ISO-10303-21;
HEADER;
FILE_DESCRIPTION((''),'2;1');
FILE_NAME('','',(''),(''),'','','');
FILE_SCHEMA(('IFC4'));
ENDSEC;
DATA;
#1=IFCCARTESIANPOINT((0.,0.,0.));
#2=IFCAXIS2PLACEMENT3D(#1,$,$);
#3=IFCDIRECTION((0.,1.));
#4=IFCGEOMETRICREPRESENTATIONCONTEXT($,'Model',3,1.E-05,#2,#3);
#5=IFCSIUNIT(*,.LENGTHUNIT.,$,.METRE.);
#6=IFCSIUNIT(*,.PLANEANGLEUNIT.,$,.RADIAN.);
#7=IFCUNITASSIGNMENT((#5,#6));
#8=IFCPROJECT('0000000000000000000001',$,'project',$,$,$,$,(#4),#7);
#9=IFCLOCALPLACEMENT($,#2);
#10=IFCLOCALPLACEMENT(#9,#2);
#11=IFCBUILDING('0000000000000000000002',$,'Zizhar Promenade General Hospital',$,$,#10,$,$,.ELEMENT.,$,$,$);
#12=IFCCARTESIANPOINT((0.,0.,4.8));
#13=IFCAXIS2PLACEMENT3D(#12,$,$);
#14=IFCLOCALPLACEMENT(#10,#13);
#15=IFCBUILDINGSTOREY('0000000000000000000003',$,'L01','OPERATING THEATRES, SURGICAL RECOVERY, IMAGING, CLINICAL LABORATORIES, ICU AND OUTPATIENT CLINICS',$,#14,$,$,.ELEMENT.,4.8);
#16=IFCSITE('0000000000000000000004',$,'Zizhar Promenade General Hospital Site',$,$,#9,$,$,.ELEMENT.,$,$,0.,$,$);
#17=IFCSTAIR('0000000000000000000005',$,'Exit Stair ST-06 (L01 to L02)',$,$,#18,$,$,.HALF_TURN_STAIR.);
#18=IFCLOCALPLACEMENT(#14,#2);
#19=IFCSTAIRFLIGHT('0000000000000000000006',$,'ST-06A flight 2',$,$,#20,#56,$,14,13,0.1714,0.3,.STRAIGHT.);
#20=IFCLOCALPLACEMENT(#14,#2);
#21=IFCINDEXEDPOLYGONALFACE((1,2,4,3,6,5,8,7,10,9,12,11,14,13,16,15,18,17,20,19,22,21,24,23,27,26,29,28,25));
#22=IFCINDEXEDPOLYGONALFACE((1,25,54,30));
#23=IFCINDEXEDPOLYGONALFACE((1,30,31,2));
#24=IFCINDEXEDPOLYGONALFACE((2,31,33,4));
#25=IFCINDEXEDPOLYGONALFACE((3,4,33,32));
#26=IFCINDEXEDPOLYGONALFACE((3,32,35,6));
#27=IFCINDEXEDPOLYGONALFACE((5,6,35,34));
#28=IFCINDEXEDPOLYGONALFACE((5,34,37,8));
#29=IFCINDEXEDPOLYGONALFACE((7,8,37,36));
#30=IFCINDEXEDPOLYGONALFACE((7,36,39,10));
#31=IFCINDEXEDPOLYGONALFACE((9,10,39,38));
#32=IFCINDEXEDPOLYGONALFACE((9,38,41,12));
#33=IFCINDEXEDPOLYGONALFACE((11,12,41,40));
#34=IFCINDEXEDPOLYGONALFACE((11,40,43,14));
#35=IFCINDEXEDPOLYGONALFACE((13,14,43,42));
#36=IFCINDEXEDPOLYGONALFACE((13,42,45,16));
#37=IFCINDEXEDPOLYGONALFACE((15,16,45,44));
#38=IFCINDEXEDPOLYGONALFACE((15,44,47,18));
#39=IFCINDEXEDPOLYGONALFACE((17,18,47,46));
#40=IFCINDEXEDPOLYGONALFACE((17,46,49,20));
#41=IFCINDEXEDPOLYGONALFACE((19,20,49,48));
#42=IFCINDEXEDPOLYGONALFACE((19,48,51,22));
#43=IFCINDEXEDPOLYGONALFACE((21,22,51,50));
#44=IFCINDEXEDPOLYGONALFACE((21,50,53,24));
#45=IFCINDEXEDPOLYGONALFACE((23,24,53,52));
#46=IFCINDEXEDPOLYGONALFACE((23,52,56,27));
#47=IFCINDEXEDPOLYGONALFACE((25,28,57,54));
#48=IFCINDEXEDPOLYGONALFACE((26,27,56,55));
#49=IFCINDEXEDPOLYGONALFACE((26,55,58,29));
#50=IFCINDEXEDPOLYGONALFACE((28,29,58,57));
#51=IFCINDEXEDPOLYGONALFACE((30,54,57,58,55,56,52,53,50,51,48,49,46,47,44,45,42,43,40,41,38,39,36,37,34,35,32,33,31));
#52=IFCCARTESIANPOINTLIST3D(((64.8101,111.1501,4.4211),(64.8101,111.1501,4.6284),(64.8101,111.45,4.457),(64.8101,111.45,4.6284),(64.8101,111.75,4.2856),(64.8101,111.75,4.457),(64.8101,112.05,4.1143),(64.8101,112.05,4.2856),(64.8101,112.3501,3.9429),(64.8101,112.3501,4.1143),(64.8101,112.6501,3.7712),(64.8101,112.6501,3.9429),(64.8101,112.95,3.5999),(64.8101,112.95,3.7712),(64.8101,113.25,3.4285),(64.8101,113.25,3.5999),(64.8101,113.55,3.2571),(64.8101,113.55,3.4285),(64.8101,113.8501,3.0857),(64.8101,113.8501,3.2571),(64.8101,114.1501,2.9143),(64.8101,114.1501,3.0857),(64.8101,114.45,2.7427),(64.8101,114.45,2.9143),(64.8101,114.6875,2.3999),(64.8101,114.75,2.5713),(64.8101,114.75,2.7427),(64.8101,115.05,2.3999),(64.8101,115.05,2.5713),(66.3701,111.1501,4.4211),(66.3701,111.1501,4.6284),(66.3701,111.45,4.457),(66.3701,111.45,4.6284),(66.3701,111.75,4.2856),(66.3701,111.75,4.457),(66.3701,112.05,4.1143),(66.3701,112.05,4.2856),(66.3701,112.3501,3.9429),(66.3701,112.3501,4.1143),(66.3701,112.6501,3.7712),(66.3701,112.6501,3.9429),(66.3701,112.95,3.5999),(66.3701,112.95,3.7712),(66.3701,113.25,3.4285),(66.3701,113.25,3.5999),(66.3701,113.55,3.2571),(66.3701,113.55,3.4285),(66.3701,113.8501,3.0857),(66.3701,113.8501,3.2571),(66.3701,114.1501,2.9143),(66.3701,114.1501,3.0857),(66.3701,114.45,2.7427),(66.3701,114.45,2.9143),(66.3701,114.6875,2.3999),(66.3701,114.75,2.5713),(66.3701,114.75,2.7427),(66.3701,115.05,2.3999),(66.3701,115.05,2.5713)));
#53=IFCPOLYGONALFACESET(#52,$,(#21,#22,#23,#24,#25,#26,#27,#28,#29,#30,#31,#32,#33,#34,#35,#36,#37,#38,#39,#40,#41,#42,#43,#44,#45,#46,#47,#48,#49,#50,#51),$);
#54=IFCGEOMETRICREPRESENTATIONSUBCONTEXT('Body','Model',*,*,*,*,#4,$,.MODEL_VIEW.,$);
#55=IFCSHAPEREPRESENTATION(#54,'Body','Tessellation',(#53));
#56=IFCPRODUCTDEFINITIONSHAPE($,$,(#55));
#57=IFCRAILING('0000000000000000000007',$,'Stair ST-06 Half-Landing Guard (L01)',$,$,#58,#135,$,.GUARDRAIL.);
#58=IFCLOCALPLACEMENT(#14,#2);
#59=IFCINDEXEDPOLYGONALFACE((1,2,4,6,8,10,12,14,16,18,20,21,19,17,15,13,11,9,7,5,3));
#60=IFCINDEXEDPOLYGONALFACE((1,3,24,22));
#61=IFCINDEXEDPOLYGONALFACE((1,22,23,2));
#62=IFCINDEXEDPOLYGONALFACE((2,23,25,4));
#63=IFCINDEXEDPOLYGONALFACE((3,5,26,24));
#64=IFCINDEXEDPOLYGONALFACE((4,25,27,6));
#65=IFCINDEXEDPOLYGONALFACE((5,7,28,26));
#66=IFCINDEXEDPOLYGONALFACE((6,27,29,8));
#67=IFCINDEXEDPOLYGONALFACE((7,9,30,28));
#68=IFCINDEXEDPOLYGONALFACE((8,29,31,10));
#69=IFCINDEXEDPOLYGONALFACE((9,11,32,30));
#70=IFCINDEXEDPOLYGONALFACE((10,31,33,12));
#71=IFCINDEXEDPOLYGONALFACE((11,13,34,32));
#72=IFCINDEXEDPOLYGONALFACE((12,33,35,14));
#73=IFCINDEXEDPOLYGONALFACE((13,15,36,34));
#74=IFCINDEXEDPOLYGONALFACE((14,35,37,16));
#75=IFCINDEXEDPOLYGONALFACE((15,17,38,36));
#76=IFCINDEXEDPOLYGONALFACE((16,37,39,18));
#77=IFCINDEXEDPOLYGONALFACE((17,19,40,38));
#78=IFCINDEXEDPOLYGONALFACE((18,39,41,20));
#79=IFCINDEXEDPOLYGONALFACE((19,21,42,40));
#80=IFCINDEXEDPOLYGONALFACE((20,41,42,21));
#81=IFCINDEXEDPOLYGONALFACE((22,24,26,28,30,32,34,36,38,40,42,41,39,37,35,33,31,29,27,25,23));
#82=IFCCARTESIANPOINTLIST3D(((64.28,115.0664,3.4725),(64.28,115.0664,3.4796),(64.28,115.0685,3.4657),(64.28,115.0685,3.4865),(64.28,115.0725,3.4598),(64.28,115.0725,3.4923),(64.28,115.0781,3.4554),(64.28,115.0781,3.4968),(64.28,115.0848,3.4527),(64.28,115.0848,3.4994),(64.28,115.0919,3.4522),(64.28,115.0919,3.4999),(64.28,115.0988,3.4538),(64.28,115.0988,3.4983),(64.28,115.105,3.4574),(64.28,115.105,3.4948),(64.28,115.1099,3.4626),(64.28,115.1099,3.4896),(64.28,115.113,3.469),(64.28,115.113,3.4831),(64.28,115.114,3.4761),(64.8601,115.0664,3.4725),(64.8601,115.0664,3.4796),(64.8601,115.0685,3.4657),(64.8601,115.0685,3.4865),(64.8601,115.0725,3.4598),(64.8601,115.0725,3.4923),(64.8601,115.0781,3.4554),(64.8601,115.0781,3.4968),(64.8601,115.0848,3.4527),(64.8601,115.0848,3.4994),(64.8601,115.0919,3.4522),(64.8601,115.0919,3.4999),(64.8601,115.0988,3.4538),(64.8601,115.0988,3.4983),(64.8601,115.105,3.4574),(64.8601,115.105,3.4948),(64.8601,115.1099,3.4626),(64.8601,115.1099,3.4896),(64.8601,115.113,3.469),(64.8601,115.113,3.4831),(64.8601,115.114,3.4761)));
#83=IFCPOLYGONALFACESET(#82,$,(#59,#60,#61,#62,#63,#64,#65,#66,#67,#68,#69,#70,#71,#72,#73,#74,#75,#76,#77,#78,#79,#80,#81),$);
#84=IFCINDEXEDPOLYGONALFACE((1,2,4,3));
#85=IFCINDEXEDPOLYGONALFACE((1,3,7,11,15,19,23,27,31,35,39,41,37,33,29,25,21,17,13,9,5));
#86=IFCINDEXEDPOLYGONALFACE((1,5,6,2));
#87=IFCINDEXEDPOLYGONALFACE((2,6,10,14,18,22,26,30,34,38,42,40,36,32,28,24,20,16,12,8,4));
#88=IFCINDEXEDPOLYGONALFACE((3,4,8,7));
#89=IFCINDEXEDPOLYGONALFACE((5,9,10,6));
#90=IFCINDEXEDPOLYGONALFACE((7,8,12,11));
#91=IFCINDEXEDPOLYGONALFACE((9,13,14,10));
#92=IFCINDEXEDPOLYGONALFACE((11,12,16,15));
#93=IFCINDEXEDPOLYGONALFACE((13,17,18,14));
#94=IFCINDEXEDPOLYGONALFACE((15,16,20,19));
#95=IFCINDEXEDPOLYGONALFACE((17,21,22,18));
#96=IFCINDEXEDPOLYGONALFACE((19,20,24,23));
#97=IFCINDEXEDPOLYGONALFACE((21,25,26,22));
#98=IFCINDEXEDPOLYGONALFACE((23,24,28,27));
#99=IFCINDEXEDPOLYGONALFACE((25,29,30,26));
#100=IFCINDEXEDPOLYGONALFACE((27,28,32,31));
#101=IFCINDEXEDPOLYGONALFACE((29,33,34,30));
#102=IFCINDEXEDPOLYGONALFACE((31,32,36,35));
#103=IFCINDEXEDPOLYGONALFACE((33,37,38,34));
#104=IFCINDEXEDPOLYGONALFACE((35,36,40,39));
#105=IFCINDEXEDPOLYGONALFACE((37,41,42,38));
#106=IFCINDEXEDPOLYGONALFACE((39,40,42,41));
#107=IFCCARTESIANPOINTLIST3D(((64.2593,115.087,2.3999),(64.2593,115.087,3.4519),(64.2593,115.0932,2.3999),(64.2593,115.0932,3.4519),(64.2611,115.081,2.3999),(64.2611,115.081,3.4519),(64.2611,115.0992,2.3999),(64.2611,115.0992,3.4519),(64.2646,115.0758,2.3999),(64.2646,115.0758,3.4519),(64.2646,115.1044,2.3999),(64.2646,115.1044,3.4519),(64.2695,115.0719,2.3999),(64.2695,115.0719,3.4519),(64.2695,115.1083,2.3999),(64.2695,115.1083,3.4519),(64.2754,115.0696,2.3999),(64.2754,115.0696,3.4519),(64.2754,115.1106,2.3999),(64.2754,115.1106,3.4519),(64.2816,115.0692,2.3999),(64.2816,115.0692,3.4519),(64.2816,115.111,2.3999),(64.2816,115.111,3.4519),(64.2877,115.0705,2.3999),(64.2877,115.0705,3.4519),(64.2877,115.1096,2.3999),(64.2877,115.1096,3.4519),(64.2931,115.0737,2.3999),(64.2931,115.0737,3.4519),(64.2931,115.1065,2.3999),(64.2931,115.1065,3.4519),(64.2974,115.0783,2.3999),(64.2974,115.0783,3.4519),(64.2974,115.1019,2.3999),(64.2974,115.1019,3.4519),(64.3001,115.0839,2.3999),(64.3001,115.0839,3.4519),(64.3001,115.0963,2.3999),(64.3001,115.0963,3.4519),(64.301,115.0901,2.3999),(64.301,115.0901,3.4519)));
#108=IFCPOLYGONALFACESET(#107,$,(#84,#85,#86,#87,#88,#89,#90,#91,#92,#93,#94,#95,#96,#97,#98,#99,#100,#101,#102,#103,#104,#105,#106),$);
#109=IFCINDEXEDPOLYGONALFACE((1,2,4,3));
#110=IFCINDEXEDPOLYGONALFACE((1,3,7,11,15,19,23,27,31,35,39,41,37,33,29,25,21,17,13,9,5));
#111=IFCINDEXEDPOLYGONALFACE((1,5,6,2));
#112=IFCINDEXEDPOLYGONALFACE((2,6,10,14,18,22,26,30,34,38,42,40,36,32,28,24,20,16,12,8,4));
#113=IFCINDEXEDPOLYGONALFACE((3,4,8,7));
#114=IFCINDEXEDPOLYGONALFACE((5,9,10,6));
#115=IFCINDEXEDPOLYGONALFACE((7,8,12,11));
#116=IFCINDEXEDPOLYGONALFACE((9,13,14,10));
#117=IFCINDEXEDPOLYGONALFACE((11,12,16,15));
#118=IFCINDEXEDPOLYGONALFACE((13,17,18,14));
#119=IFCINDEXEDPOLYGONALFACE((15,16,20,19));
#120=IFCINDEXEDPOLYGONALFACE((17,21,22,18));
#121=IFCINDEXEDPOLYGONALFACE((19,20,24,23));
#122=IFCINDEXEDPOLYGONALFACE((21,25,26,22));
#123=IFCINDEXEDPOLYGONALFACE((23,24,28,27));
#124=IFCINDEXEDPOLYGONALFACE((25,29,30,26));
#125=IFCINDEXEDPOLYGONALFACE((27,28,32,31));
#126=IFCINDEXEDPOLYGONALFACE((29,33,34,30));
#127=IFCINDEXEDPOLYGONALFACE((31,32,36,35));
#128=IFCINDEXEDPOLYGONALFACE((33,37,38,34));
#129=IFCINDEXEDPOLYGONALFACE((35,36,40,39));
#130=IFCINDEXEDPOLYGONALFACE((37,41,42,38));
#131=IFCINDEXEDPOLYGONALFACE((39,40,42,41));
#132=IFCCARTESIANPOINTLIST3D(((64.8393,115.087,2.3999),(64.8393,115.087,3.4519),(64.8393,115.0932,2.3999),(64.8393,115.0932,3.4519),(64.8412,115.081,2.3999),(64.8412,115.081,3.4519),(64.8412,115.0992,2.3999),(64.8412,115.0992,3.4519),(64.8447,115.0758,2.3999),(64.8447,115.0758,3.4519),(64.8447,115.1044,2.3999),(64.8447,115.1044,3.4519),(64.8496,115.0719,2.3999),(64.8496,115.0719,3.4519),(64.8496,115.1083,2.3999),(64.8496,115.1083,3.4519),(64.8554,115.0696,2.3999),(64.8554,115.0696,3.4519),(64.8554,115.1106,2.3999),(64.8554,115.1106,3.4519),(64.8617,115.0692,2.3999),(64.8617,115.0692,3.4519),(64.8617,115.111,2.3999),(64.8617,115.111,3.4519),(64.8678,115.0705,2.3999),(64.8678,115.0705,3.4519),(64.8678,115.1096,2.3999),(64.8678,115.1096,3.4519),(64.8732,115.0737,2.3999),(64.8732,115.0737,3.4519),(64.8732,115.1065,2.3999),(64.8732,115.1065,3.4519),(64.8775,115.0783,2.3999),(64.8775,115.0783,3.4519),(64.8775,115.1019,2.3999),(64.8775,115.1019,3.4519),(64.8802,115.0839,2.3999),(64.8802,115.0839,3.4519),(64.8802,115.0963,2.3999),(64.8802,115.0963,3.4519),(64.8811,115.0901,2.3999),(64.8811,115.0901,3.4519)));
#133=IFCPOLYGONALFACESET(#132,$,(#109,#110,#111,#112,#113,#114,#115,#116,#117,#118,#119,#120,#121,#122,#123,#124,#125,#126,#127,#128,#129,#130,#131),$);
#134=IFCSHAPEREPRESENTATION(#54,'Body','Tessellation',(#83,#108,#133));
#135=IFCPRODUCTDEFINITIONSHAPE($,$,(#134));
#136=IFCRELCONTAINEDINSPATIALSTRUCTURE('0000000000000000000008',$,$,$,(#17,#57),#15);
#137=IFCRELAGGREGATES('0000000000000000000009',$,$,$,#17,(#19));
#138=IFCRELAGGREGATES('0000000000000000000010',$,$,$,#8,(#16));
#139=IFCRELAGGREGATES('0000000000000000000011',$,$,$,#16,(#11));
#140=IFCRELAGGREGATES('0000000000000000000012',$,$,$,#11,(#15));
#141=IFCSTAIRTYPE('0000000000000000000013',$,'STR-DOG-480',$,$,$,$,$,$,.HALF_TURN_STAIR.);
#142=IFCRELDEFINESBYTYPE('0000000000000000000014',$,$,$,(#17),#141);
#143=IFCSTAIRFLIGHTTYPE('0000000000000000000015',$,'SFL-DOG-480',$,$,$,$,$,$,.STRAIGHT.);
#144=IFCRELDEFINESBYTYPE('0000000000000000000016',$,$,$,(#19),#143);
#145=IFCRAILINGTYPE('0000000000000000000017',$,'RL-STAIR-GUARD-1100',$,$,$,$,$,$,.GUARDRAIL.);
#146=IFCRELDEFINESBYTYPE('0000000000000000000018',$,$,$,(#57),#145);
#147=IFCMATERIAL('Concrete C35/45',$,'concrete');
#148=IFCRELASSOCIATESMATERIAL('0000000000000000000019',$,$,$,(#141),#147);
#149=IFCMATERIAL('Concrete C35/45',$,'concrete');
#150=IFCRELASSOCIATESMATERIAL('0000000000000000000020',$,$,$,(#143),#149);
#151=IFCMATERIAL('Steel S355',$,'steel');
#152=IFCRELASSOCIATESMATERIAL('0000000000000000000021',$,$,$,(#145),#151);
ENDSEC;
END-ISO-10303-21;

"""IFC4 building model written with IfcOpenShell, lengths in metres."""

from ifc_helpers import new_model, si_unit, direction, frame, origin, origin_2d, place, context, subcontext, project, spatial, polyline, circle, hollow_circle, outline, extrude, material, material_profile, profile_set, type_object, element, aggregate, save


model = new_model("IFC4")

# Units and contexts
model_context = context("Model", 3, precision=1e-05, world=origin(), true_north=direction((0.0, 1.0)))
body_context = subcontext(model_context, "Body", "Model", "MODEL_VIEW")
ifc_project = project(units=[si_unit("LENGTHUNIT", "METRE"), si_unit("PLANEANGLEUNIT", "RADIAN")], contexts=[model_context])

# Site, building, storey
site_placement = place(None, origin())
site = spatial("IfcSite", under=ifc_project, at=site_placement, Name="Zizhar Promenade General Hospital Site", CompositionType="ELEMENT", RefElevation=0.0)
building_placement = place(site_placement, origin())
building = spatial("IfcBuilding", under=site, at=building_placement, Name="Zizhar Promenade General Hospital", CompositionType="ELEMENT")
storey_placement = place(building_placement, frame((0.0, 0.0, 4.8)))
storey = spatial("IfcBuildingStorey", under=building, at=storey_placement, Name="L01", Description="OPERATING THEATRES, SURGICAL RECOVERY, IMAGING, CLINICAL LABORATORIES, ICU AND OUTPATIENT CLINICS", CompositionType="ELEMENT", Elevation=4.8)

# Stair, stair flight
ifc_material_1 = material(Name="Concrete C35/45", Category="concrete")
stair_type = type_object("IfcStairType", Name="STR-DOG-480", PredefinedType="HALF_TURN_STAIR", material=ifc_material_1)
stair_placement = place(storey_placement, origin())
stair = element("IfcStair", 1, at=stair_placement, inside=storey, type_object=stair_type, Name="Exit Stair ST-06 (L01 to L02)", PredefinedType="HALF_TURN_STAIR")
ifc_material_2 = material(Name="Concrete C35/45", Category="concrete")
stair_flight_type = type_object("IfcStairFlightType", Name="SFL-DOG-480", PredefinedType="STRAIGHT", material=ifc_material_2)
stair_flight_placement = place(storey_placement, frame((65.5901, 115.05, 2.3999), z_axis=(0.0, 0.0, 1.0), x_axis=(0.0, -1.0, 0.0)))
stair_flight = element("IfcStairFlight", 2, at=stair_flight_placement, type_object=stair_flight_type, Name="ST-06A flight 2", NumberOfRisers=14, NumberOfTreads=13, PredefinedType="STRAIGHT", RiserHeight=0.1714, TreadLength=0.3, context=body_context, shape_type="SweptSolid", body=[
    extrude(outline(polyline([(0.0, 0.0), (0.0, 0.1714), (0.3, 0.1714), (0.3, 0.3428), (0.6001, 0.3428), (0.6001, 0.5144), (0.8999, 0.5144), (0.8999, 0.6858), (1.2, 0.6858), (1.2, 0.8572), (1.5, 0.8572), (1.5, 1.0286), (1.8, 1.0286), (1.8, 1.2), (2.1001, 1.2), (2.1001, 1.3713), (2.3999, 1.3713), (2.3999, 1.543), (2.7, 1.543), (2.7, 1.7144), (3.0, 1.7144), (3.0, 1.8857), (3.3, 1.8857), (3.3, 2.0571), (3.6001, 2.0571), (3.6001, 2.2285), (3.8999, 2.2285), (3.8999, 2.3999), (3.8999, 2.0212), (0.3625, 0.0), (0.0, 0.0)])), frame((0.0, 0.78, 0.0), z_axis=(0.0, -1.0, 0.0), x_axis=(1.0, 0.0, 0.0)), (0.0, 0.0, 1.0), 1.5601),
])
aggregate(stair, [stair_flight])

# Railing
ifc_material_3 = material(Name="Steel S355", Category="steel")
ifc_material_profile_1 = material_profile(ifc_material_3, hollow_circle(Radius=0.0698, WallThickness=0.0063, at=origin_2d()))
ifc_profile_set_1 = profile_set([ifc_material_profile_1], Name="Steel S355")
railing_type = type_object("IfcRailingType", Name="RL-STAIR-GUARD-1100", PredefinedType="GUARDRAIL", material=ifc_profile_set_1)
railing_placement = place(storey_placement, frame((64.28, 115.0901, 2.3999)))
element("IfcRailing", 3, at=railing_placement, inside=storey, type_object=railing_type, Name="Stair ST-06 Half-Landing Guard (L01)", PredefinedType="GUARDRAIL", context=body_context, shape_type="SweptSolid", body=[
    extrude(circle(Radius=0.0239, at=origin_2d()), frame((0.0, 0.0, 1.0762), z_axis=(1.0, 0.0, 0.0), x_axis=(0.0, 1.0, 0.0)), (0.0, 0.0, 1.0), 0.5801),
    extrude(circle(Radius=0.021, at=origin_2d()), origin(), (0.0, 0.0, 1.0), 1.052),
    extrude(circle(Radius=0.021, at=origin_2d()), frame((0.5801, 0.0, 0.0)), (0.0, 0.0, 1.0), 1.052),
])

save(model, "model.ifc")
